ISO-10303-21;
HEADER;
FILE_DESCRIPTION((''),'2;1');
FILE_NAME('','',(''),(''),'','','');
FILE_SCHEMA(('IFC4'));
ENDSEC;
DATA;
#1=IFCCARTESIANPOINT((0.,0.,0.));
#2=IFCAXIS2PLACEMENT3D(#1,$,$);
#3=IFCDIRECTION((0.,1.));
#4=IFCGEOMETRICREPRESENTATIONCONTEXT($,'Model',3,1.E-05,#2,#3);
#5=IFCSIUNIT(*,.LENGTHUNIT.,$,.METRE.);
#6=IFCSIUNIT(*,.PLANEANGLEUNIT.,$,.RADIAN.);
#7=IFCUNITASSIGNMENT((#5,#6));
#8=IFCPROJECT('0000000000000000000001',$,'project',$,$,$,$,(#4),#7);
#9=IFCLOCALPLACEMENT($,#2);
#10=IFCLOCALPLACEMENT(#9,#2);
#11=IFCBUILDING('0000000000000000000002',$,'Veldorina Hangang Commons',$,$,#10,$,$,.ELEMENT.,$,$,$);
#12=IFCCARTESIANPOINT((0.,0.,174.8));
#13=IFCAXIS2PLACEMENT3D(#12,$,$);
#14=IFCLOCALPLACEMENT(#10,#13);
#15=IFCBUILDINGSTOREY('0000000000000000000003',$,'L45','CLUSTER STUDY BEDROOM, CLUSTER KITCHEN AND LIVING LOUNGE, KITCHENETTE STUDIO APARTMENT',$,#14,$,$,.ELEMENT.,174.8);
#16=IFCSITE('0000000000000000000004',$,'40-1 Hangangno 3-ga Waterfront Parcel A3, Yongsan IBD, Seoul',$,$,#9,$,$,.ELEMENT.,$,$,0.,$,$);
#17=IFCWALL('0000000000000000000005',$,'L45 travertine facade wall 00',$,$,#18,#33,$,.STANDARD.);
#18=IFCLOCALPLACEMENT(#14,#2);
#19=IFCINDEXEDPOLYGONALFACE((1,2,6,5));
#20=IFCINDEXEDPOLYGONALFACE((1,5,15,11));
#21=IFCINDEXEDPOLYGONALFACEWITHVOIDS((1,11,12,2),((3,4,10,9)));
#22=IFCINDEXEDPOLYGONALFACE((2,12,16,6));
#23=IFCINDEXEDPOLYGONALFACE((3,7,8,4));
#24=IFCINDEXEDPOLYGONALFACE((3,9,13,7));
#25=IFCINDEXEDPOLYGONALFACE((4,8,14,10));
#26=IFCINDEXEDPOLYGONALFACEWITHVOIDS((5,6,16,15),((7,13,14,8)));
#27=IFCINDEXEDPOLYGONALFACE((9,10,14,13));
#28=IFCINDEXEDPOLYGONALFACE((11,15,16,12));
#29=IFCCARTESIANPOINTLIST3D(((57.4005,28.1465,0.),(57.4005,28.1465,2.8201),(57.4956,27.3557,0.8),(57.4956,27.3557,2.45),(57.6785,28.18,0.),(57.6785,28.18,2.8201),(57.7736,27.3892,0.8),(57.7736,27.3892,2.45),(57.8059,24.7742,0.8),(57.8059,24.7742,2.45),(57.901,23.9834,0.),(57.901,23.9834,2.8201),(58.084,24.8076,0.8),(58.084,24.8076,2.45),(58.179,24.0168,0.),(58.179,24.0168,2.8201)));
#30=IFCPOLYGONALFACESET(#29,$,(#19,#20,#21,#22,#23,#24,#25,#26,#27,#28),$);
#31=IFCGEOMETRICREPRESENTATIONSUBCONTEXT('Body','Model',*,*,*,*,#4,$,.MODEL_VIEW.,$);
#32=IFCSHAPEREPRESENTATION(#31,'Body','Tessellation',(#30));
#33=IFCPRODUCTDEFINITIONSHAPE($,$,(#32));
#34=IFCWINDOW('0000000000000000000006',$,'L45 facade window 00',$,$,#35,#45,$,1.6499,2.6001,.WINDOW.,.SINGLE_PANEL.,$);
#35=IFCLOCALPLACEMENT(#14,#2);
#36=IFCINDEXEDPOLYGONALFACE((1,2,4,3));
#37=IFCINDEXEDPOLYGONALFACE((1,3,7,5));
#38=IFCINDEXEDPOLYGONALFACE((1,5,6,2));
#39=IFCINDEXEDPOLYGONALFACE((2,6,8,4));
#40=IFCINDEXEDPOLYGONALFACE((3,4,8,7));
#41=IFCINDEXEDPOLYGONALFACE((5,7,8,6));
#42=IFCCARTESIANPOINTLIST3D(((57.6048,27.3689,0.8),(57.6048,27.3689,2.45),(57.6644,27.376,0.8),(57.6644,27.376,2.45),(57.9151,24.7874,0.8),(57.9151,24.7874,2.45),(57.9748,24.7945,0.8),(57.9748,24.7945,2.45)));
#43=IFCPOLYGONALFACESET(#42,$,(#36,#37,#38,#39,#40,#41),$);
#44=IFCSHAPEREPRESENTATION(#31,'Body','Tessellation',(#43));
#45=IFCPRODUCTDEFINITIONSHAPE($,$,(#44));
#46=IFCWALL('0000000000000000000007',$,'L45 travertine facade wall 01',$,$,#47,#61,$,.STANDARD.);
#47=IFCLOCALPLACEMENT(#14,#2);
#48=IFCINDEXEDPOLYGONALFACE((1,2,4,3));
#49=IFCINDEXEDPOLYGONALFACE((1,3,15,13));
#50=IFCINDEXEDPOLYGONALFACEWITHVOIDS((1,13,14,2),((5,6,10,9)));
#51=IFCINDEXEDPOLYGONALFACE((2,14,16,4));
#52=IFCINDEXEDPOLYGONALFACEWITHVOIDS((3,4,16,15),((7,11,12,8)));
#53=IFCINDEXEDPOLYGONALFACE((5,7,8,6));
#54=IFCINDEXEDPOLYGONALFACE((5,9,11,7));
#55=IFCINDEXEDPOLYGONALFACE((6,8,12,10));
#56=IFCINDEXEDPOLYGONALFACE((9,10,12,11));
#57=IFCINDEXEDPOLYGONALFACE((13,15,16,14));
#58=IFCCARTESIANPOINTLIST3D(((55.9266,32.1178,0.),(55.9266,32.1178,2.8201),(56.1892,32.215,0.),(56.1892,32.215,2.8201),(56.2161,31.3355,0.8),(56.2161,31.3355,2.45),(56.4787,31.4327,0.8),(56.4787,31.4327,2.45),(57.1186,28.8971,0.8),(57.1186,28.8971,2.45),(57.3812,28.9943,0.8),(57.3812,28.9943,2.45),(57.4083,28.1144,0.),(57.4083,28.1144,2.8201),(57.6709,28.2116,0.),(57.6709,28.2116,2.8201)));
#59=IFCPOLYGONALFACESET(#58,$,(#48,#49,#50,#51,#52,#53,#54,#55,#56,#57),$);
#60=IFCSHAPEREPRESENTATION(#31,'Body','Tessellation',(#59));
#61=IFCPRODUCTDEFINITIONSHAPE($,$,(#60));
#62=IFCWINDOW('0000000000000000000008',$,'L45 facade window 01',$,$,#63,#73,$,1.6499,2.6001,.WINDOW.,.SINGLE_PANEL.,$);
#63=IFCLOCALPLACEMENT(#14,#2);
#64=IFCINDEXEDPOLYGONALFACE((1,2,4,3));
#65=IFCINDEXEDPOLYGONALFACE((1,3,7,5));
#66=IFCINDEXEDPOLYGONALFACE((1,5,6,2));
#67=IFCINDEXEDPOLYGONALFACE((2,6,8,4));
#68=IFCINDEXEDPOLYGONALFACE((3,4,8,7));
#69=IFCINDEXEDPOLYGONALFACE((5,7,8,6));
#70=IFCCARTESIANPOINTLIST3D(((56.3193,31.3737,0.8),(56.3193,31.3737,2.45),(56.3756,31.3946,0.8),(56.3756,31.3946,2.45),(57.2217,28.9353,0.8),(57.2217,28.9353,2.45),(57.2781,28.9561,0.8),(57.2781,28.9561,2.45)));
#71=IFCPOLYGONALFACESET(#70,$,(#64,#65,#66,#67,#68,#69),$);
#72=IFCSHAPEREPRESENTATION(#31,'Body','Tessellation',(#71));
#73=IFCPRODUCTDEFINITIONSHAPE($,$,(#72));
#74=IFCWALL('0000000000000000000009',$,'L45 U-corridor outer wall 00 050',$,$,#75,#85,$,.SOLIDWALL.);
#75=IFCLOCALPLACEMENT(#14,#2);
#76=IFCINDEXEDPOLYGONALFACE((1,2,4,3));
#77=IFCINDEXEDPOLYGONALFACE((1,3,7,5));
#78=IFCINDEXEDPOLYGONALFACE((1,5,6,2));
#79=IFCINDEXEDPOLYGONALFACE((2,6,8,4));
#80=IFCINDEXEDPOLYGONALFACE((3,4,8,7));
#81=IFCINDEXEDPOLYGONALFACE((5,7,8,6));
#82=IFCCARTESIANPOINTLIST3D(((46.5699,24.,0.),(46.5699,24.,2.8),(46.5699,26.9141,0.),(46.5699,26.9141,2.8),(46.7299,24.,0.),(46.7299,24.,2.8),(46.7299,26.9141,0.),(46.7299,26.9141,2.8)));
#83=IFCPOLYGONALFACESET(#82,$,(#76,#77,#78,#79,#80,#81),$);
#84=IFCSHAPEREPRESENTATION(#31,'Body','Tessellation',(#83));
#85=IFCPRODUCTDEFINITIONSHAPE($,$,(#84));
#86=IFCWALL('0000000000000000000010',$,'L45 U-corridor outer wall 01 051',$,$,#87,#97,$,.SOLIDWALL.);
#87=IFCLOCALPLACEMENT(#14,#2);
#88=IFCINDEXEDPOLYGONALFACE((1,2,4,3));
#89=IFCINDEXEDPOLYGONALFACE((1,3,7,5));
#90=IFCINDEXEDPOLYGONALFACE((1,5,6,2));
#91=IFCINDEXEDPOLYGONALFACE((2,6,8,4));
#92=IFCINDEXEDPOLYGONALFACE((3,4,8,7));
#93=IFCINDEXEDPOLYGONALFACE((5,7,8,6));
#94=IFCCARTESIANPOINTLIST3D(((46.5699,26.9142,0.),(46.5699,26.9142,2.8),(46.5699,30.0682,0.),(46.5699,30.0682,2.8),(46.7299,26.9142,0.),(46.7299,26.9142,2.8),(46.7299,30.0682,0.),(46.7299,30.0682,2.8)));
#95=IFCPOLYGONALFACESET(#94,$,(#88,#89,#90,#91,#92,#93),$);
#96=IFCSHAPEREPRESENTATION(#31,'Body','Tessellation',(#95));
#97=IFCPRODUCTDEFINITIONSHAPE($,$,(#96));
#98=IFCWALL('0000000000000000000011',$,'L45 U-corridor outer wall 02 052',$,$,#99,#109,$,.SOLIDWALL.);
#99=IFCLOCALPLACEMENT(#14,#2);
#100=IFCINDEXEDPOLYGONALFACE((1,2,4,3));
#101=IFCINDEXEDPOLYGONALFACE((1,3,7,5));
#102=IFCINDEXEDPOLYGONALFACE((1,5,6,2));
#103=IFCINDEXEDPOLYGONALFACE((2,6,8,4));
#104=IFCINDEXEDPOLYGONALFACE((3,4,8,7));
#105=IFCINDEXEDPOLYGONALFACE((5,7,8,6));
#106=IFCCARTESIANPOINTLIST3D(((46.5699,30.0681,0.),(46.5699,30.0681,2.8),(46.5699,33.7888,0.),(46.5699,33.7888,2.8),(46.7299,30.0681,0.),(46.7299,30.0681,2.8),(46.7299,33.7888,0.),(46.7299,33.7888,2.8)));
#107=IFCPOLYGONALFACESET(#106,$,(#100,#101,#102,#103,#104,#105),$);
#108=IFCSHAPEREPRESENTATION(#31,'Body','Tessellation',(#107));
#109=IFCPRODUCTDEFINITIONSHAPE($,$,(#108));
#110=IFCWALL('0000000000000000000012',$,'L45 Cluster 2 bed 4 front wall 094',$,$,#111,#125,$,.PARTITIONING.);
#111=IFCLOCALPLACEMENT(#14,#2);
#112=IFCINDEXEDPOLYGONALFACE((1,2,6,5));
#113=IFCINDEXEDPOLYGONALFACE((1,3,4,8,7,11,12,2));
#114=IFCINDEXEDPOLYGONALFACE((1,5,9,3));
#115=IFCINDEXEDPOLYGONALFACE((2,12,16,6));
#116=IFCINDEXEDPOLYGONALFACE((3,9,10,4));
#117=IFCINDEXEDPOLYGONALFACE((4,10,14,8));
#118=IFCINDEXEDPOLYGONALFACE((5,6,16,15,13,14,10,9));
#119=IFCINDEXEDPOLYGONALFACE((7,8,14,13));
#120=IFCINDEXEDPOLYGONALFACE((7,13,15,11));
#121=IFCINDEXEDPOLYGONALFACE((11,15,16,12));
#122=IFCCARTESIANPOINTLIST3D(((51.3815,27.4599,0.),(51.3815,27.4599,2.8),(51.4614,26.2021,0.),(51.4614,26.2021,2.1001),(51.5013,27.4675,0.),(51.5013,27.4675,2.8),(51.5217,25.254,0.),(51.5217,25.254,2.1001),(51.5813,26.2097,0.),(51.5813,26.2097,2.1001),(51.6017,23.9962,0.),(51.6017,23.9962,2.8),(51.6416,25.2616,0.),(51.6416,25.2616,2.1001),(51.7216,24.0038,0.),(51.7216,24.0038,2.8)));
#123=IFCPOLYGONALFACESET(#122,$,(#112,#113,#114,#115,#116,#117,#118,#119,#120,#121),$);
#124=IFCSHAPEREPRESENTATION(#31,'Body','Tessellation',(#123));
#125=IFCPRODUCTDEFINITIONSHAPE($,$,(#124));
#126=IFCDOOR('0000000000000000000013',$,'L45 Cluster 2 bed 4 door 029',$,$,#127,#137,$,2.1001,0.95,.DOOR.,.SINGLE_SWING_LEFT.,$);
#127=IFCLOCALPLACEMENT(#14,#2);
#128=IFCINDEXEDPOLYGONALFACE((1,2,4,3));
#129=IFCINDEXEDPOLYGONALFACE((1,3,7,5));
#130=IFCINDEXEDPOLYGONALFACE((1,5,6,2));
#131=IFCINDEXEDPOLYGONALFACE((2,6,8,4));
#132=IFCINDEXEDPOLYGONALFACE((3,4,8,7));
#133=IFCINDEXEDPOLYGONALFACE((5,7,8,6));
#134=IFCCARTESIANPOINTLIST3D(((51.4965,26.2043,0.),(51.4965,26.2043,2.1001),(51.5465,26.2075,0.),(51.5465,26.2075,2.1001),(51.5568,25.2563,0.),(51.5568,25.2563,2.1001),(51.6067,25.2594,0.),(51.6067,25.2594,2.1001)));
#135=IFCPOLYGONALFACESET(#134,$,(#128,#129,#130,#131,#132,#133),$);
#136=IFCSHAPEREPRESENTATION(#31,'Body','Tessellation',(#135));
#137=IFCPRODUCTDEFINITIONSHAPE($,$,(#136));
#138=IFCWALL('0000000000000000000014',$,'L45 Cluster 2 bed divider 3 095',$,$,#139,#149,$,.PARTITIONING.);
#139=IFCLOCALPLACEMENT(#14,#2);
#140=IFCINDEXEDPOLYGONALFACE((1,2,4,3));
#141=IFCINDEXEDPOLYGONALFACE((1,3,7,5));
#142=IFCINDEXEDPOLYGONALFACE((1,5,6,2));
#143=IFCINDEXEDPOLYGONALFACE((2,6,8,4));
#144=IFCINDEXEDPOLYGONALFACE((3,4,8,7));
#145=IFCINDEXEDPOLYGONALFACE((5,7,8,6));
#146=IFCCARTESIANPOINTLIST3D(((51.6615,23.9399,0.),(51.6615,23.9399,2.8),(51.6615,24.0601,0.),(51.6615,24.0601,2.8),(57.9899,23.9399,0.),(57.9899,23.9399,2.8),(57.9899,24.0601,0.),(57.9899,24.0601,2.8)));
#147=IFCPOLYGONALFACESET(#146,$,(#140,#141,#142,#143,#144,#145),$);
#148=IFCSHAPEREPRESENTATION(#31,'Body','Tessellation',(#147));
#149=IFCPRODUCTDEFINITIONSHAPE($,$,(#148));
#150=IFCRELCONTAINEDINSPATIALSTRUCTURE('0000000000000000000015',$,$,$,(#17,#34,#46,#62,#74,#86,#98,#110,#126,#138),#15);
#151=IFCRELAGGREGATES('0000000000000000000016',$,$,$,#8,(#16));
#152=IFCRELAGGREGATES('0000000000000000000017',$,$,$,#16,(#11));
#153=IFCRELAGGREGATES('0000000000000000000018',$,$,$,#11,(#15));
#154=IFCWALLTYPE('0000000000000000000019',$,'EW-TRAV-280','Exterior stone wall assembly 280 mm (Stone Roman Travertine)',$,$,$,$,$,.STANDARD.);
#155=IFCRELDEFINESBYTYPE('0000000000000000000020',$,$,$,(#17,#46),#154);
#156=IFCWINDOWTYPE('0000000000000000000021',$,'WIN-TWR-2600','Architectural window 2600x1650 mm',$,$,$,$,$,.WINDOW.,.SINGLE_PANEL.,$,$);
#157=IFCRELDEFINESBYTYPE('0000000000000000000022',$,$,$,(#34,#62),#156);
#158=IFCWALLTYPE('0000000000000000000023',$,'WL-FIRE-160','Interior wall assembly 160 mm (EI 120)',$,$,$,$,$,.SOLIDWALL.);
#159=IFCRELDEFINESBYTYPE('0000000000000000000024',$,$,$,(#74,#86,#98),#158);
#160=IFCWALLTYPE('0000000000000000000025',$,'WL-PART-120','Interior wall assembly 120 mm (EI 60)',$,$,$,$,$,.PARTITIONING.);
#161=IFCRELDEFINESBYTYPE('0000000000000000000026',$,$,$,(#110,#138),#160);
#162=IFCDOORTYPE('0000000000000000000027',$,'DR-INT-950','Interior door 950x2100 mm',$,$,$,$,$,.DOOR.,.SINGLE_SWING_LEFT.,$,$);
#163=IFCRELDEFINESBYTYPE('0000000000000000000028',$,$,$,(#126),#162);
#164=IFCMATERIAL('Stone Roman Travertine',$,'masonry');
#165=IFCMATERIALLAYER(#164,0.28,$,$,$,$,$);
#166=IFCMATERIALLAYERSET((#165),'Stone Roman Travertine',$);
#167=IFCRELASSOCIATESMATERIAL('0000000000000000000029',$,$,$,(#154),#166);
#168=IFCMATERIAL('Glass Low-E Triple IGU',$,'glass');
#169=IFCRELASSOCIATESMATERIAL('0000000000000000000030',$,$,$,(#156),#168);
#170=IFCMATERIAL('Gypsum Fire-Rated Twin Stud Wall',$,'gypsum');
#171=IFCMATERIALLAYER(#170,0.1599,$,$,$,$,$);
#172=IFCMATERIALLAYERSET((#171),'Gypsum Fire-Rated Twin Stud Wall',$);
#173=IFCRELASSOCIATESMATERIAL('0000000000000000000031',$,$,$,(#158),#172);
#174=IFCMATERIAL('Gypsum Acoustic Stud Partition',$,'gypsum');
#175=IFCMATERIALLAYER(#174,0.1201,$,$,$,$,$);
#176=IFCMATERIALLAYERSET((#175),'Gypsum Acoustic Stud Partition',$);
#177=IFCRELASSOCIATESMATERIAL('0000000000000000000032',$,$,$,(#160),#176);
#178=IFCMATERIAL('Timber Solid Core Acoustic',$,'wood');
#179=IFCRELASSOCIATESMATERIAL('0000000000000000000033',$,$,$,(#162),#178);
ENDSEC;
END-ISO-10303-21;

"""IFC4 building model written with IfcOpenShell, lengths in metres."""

from ifc_helpers import new_model, si_unit, direction, frame, frame_2d, origin, place, context, subcontext, project, spatial, rectangle, extrude, material, layer, layer_set, type_object, element, fill, save


model = new_model("IFC4")

# Units and contexts
model_context = context("Model", 3, precision=1e-05, world=origin(), true_north=direction((0.0, 1.0)))
body_context = subcontext(model_context, "Body", "Model", "MODEL_VIEW")
ifc_project = project(units=[si_unit("LENGTHUNIT", "METRE"), si_unit("PLANEANGLEUNIT", "RADIAN")], contexts=[model_context])

# Site, building, storey
site_placement = place(None, origin())
site = spatial("IfcSite", under=ifc_project, at=site_placement, Name="40-1 Hangangno 3-ga Waterfront Parcel A3, Yongsan IBD, Seoul", CompositionType="ELEMENT", RefElevation=0.0)
building_placement = place(site_placement, origin())
building = spatial("IfcBuilding", under=site, at=building_placement, Name="Veldorina Hangang Commons", CompositionType="ELEMENT")
storey_placement = place(building_placement, frame((0.0, 0.0, 174.8)))
storey = spatial("IfcBuildingStorey", under=building, at=storey_placement, Name="L45", Description="CLUSTER STUDY BEDROOM, CLUSTER KITCHEN AND LIVING LOUNGE, KITCHENETTE STUDIO APARTMENT", CompositionType="ELEMENT", Elevation=174.8)

# Walls, openings, windows
ifc_material_1 = material(Name="Stone Roman Travertine", Category="masonry")
ifc_layer_1 = layer(ifc_material_1, 0.28)
ifc_layer_set_1 = layer_set([ifc_layer_1], Name="Stone Roman Travertine")
wall_type_1 = type_object("IfcWallType", Name="EW-TRAV-280", Description="Exterior stone wall assembly 280 mm (Stone Roman Travertine)", PredefinedType="STANDARD", material=ifc_layer_set_1)
wall_1_placement = place(storey_placement, frame((58.04, 24.0, 0.0), z_axis=(0.0, 0.0, 1.0), x_axis=(-0.119361, 0.992851, 0.0)))
wall_1 = element("IfcWall", 1, at=wall_1_placement, inside=storey, type_object=wall_type_1, Name="L45 travertine facade wall 00", PredefinedType="STANDARD", context=body_context, shape_type="SweptSolid", body=[
    extrude(rectangle(XDim=4.1931, YDim=0.28, at=frame_2d((2.0967, 0.0))), origin(), (0.0, 0.0, 1.0), 2.8201),
])
opening_1_placement = place(wall_1_placement, frame((0.7966, 0.0, 0.8)))
opening_1 = element("IfcOpeningElement", 2, at=opening_1_placement, cuts=wall_1, PredefinedType="OPENING", context=body_context, shape_type="SweptSolid", body=[
    extrude(rectangle(XDim=2.6001, YDim=1.6499, at=frame_2d((1.3, 0.825))), frame((0.0, 0.1499, 0.0), z_axis=(0.0, -1.0, 0.0), x_axis=(1.0, 0.0, 0.0)), (0.0, 0.0, 1.0), 0.3),
])
ifc_material_2 = material(Name="Glass Low-E Triple IGU", Category="glass")
window_type = type_object("IfcWindowType", Name="WIN-TWR-2600", Description="Architectural window 2600x1650 mm", PartitioningType="SINGLE_PANEL", PredefinedType="WINDOW", material=ifc_material_2)
window_1_placement = place(opening_1_placement, origin())
window_1 = element("IfcWindow", 3, at=window_1_placement, inside=storey, type_object=window_type, Name="L45 facade window 00", OverallHeight=1.6499, OverallWidth=2.6001, PartitioningType="SINGLE_PANEL", PredefinedType="WINDOW", context=body_context, shape_type="SweptSolid", body=[
    extrude(rectangle(XDim=2.6001, YDim=1.6499, at=frame_2d((1.3, 0.825))), frame((0.0, 0.03, 0.0), z_axis=(0.0, -1.0, 0.0), x_axis=(1.0, 0.0, 0.0)), (0.0, 0.0, 1.0), 0.0601),
])
fill(opening_1, window_1)
wall_2_placement = place(storey_placement, frame((57.5396, 28.1631, 0.0), z_axis=(0.0, 0.0, 1.0), x_axis=(-0.347096, 0.937829, 0.0)))
wall_2 = element("IfcWall", 4, at=wall_2_placement, inside=storey, type_object=wall_type_1, Name="L45 travertine facade wall 01", PredefinedType="STANDARD", context=body_context, shape_type="SweptSolid", body=[
    extrude(rectangle(XDim=4.2688, YDim=0.28, at=frame_2d((2.1343, 0.0))), origin(), (0.0, 0.0, 1.0), 2.8201),
])
opening_2_placement = place(wall_2_placement, frame((0.8345, 0.0, 0.8)))
opening_2 = element("IfcOpeningElement", 5, at=opening_2_placement, cuts=wall_2, PredefinedType="OPENING", context=body_context, shape_type="SweptSolid", body=[
    extrude(rectangle(XDim=2.6001, YDim=1.6499, at=frame_2d((1.3, 0.825))), frame((0.0, 0.1499, 0.0), z_axis=(0.0, -1.0, 0.0), x_axis=(1.0, 0.0, 0.0)), (0.0, 0.0, 1.0), 0.3),
])
window_2_placement = place(opening_2_placement, origin())
window_2 = element("IfcWindow", 6, at=window_2_placement, inside=storey, type_object=window_type, Name="L45 facade window 01", OverallHeight=1.6499, OverallWidth=2.6001, PartitioningType="SINGLE_PANEL", PredefinedType="WINDOW", context=body_context, shape_type="SweptSolid", body=[
    extrude(rectangle(XDim=2.6001, YDim=1.6499, at=frame_2d((1.3, 0.825))), frame((0.0, 0.03, 0.0), z_axis=(0.0, -1.0, 0.0), x_axis=(1.0, 0.0, 0.0)), (0.0, 0.0, 1.0), 0.0601),
])
fill(opening_2, window_2)

# Walls
ifc_material_3 = material(Name="Gypsum Fire-Rated Twin Stud Wall", Category="gypsum")
ifc_layer_2 = layer(ifc_material_3, 0.1599)
ifc_layer_set_2 = layer_set([ifc_layer_2], Name="Gypsum Fire-Rated Twin Stud Wall")
wall_type_2 = type_object("IfcWallType", Name="WL-FIRE-160", Description="Interior wall assembly 160 mm (EI 120)", PredefinedType="SOLIDWALL", material=ifc_layer_set_2)
wall_3_placement = place(storey_placement, frame((46.6499, 24.0, 0.0), z_axis=(0.0, 0.0, 1.0), x_axis=(0.0, 1.0, 0.0)))
element("IfcWall", 7, at=wall_3_placement, inside=storey, type_object=wall_type_2, Name="L45 U-corridor outer wall 00 050", PredefinedType="SOLIDWALL", context=body_context, shape_type="SweptSolid", body=[
    extrude(rectangle(XDim=2.9141, YDim=0.1599, at=frame_2d((1.457, 0.0))), origin(), (0.0, 0.0, 1.0), 2.8),
])
wall_4_placement = place(storey_placement, frame((46.6499, 26.9141, 0.0), z_axis=(0.0, 0.0, 1.0), x_axis=(0.0, 1.0, 0.0)))
element("IfcWall", 8, at=wall_4_placement, inside=storey, type_object=wall_type_2, Name="L45 U-corridor outer wall 01 051", PredefinedType="SOLIDWALL", context=body_context, shape_type="SweptSolid", body=[
    extrude(rectangle(XDim=3.1541, YDim=0.1599, at=frame_2d((1.5771, 0.0))), origin(), (0.0, 0.0, 1.0), 2.8),
])
wall_5_placement = place(storey_placement, frame((46.6499, 30.0681, 0.0), z_axis=(0.0, 0.0, 1.0), x_axis=(0.0, 1.0, 0.0)))
element("IfcWall", 9, at=wall_5_placement, inside=storey, type_object=wall_type_2, Name="L45 U-corridor outer wall 02 052", PredefinedType="SOLIDWALL", context=body_context, shape_type="SweptSolid", body=[
    extrude(rectangle(XDim=3.7207, YDim=0.1599, at=frame_2d((1.8604, 0.0))), origin(), (0.0, 0.0, 1.0), 2.8),
])

# Wall, opening, door
ifc_material_4 = material(Name="Gypsum Acoustic Stud Partition", Category="gypsum")
ifc_layer_3 = layer(ifc_material_4, 0.1201)
ifc_layer_set_3 = layer_set([ifc_layer_3], Name="Gypsum Acoustic Stud Partition")
wall_type_3 = type_object("IfcWallType", Name="WL-PART-120", Description="Interior wall assembly 120 mm (EI 60)", PredefinedType="PARTITIONING", material=ifc_layer_set_3)
wall_6_placement = place(storey_placement, frame((51.6616, 24.0, 0.0), z_axis=(0.0, 0.0, 1.0), x_axis=(-0.063451, 0.997985, 0.0)))
wall_6 = element("IfcWall", 10, at=wall_6_placement, inside=storey, type_object=wall_type_3, Name="L45 Cluster 2 bed 4 front wall 094", PredefinedType="PARTITIONING", context=body_context, shape_type="SweptSolid", body=[
    extrude(rectangle(XDim=3.4707, YDim=0.1201, at=frame_2d((1.7354, 0.0))), origin(), (0.0, 0.0, 1.0), 2.8),
])
opening_3_placement = place(wall_6_placement, frame((1.2603, 0.0, 0.0)))
opening_3 = element("IfcOpeningElement", 11, at=opening_3_placement, cuts=wall_6, PredefinedType="OPENING", context=body_context, shape_type="SweptSolid", body=[
    extrude(rectangle(XDim=0.95, YDim=2.1001, at=frame_2d((0.4751, 1.05))), frame((0.0, 0.0701, 0.0), z_axis=(0.0, -1.0, 0.0), x_axis=(1.0, 0.0, 0.0)), (0.0, 0.0, 1.0), 0.1401),
])
ifc_material_5 = material(Name="Timber Solid Core Acoustic", Category="wood")
door_type = type_object("IfcDoorType", Name="DR-INT-950", Description="Interior door 950x2100 mm", OperationType="SINGLE_SWING_LEFT", PredefinedType="DOOR", material=ifc_material_5)
door_1_placement = place(opening_3_placement, origin())
door_1 = element("IfcDoor", 12, at=door_1_placement, inside=storey, type_object=door_type, Name="L45 Cluster 2 bed 4 door 029", OperationType="SINGLE_SWING_LEFT", OverallHeight=2.1001, OverallWidth=0.95, PredefinedType="DOOR", context=body_context, shape_type="SweptSolid", body=[
    extrude(rectangle(XDim=0.95, YDim=2.1001, at=frame_2d((0.4751, 1.05))), frame((0.0, 0.0249, 0.0), z_axis=(0.0, -1.0, 0.0), x_axis=(1.0, 0.0, 0.0)), (0.0, 0.0, 1.0), 0.05),
])
fill(opening_3, door_1)

# Wall
wall_7_placement = place(storey_placement, frame((51.6616, 24.0, 0.0), z_axis=(0.0, 0.0, 1.0), x_axis=(1.0, 0.0, 0.0)))
element("IfcWall", 13, at=wall_7_placement, inside=storey, type_object=wall_type_3, Name="L45 Cluster 2 bed divider 3 095", PredefinedType="PARTITIONING", context=body_context, shape_type="SweptSolid", body=[
    extrude(rectangle(XDim=6.3284, YDim=0.1201, at=frame_2d((3.1641, 0.0))), origin(), (0.0, 0.0, 1.0), 2.8),
])

save(model, "model.ifc")
